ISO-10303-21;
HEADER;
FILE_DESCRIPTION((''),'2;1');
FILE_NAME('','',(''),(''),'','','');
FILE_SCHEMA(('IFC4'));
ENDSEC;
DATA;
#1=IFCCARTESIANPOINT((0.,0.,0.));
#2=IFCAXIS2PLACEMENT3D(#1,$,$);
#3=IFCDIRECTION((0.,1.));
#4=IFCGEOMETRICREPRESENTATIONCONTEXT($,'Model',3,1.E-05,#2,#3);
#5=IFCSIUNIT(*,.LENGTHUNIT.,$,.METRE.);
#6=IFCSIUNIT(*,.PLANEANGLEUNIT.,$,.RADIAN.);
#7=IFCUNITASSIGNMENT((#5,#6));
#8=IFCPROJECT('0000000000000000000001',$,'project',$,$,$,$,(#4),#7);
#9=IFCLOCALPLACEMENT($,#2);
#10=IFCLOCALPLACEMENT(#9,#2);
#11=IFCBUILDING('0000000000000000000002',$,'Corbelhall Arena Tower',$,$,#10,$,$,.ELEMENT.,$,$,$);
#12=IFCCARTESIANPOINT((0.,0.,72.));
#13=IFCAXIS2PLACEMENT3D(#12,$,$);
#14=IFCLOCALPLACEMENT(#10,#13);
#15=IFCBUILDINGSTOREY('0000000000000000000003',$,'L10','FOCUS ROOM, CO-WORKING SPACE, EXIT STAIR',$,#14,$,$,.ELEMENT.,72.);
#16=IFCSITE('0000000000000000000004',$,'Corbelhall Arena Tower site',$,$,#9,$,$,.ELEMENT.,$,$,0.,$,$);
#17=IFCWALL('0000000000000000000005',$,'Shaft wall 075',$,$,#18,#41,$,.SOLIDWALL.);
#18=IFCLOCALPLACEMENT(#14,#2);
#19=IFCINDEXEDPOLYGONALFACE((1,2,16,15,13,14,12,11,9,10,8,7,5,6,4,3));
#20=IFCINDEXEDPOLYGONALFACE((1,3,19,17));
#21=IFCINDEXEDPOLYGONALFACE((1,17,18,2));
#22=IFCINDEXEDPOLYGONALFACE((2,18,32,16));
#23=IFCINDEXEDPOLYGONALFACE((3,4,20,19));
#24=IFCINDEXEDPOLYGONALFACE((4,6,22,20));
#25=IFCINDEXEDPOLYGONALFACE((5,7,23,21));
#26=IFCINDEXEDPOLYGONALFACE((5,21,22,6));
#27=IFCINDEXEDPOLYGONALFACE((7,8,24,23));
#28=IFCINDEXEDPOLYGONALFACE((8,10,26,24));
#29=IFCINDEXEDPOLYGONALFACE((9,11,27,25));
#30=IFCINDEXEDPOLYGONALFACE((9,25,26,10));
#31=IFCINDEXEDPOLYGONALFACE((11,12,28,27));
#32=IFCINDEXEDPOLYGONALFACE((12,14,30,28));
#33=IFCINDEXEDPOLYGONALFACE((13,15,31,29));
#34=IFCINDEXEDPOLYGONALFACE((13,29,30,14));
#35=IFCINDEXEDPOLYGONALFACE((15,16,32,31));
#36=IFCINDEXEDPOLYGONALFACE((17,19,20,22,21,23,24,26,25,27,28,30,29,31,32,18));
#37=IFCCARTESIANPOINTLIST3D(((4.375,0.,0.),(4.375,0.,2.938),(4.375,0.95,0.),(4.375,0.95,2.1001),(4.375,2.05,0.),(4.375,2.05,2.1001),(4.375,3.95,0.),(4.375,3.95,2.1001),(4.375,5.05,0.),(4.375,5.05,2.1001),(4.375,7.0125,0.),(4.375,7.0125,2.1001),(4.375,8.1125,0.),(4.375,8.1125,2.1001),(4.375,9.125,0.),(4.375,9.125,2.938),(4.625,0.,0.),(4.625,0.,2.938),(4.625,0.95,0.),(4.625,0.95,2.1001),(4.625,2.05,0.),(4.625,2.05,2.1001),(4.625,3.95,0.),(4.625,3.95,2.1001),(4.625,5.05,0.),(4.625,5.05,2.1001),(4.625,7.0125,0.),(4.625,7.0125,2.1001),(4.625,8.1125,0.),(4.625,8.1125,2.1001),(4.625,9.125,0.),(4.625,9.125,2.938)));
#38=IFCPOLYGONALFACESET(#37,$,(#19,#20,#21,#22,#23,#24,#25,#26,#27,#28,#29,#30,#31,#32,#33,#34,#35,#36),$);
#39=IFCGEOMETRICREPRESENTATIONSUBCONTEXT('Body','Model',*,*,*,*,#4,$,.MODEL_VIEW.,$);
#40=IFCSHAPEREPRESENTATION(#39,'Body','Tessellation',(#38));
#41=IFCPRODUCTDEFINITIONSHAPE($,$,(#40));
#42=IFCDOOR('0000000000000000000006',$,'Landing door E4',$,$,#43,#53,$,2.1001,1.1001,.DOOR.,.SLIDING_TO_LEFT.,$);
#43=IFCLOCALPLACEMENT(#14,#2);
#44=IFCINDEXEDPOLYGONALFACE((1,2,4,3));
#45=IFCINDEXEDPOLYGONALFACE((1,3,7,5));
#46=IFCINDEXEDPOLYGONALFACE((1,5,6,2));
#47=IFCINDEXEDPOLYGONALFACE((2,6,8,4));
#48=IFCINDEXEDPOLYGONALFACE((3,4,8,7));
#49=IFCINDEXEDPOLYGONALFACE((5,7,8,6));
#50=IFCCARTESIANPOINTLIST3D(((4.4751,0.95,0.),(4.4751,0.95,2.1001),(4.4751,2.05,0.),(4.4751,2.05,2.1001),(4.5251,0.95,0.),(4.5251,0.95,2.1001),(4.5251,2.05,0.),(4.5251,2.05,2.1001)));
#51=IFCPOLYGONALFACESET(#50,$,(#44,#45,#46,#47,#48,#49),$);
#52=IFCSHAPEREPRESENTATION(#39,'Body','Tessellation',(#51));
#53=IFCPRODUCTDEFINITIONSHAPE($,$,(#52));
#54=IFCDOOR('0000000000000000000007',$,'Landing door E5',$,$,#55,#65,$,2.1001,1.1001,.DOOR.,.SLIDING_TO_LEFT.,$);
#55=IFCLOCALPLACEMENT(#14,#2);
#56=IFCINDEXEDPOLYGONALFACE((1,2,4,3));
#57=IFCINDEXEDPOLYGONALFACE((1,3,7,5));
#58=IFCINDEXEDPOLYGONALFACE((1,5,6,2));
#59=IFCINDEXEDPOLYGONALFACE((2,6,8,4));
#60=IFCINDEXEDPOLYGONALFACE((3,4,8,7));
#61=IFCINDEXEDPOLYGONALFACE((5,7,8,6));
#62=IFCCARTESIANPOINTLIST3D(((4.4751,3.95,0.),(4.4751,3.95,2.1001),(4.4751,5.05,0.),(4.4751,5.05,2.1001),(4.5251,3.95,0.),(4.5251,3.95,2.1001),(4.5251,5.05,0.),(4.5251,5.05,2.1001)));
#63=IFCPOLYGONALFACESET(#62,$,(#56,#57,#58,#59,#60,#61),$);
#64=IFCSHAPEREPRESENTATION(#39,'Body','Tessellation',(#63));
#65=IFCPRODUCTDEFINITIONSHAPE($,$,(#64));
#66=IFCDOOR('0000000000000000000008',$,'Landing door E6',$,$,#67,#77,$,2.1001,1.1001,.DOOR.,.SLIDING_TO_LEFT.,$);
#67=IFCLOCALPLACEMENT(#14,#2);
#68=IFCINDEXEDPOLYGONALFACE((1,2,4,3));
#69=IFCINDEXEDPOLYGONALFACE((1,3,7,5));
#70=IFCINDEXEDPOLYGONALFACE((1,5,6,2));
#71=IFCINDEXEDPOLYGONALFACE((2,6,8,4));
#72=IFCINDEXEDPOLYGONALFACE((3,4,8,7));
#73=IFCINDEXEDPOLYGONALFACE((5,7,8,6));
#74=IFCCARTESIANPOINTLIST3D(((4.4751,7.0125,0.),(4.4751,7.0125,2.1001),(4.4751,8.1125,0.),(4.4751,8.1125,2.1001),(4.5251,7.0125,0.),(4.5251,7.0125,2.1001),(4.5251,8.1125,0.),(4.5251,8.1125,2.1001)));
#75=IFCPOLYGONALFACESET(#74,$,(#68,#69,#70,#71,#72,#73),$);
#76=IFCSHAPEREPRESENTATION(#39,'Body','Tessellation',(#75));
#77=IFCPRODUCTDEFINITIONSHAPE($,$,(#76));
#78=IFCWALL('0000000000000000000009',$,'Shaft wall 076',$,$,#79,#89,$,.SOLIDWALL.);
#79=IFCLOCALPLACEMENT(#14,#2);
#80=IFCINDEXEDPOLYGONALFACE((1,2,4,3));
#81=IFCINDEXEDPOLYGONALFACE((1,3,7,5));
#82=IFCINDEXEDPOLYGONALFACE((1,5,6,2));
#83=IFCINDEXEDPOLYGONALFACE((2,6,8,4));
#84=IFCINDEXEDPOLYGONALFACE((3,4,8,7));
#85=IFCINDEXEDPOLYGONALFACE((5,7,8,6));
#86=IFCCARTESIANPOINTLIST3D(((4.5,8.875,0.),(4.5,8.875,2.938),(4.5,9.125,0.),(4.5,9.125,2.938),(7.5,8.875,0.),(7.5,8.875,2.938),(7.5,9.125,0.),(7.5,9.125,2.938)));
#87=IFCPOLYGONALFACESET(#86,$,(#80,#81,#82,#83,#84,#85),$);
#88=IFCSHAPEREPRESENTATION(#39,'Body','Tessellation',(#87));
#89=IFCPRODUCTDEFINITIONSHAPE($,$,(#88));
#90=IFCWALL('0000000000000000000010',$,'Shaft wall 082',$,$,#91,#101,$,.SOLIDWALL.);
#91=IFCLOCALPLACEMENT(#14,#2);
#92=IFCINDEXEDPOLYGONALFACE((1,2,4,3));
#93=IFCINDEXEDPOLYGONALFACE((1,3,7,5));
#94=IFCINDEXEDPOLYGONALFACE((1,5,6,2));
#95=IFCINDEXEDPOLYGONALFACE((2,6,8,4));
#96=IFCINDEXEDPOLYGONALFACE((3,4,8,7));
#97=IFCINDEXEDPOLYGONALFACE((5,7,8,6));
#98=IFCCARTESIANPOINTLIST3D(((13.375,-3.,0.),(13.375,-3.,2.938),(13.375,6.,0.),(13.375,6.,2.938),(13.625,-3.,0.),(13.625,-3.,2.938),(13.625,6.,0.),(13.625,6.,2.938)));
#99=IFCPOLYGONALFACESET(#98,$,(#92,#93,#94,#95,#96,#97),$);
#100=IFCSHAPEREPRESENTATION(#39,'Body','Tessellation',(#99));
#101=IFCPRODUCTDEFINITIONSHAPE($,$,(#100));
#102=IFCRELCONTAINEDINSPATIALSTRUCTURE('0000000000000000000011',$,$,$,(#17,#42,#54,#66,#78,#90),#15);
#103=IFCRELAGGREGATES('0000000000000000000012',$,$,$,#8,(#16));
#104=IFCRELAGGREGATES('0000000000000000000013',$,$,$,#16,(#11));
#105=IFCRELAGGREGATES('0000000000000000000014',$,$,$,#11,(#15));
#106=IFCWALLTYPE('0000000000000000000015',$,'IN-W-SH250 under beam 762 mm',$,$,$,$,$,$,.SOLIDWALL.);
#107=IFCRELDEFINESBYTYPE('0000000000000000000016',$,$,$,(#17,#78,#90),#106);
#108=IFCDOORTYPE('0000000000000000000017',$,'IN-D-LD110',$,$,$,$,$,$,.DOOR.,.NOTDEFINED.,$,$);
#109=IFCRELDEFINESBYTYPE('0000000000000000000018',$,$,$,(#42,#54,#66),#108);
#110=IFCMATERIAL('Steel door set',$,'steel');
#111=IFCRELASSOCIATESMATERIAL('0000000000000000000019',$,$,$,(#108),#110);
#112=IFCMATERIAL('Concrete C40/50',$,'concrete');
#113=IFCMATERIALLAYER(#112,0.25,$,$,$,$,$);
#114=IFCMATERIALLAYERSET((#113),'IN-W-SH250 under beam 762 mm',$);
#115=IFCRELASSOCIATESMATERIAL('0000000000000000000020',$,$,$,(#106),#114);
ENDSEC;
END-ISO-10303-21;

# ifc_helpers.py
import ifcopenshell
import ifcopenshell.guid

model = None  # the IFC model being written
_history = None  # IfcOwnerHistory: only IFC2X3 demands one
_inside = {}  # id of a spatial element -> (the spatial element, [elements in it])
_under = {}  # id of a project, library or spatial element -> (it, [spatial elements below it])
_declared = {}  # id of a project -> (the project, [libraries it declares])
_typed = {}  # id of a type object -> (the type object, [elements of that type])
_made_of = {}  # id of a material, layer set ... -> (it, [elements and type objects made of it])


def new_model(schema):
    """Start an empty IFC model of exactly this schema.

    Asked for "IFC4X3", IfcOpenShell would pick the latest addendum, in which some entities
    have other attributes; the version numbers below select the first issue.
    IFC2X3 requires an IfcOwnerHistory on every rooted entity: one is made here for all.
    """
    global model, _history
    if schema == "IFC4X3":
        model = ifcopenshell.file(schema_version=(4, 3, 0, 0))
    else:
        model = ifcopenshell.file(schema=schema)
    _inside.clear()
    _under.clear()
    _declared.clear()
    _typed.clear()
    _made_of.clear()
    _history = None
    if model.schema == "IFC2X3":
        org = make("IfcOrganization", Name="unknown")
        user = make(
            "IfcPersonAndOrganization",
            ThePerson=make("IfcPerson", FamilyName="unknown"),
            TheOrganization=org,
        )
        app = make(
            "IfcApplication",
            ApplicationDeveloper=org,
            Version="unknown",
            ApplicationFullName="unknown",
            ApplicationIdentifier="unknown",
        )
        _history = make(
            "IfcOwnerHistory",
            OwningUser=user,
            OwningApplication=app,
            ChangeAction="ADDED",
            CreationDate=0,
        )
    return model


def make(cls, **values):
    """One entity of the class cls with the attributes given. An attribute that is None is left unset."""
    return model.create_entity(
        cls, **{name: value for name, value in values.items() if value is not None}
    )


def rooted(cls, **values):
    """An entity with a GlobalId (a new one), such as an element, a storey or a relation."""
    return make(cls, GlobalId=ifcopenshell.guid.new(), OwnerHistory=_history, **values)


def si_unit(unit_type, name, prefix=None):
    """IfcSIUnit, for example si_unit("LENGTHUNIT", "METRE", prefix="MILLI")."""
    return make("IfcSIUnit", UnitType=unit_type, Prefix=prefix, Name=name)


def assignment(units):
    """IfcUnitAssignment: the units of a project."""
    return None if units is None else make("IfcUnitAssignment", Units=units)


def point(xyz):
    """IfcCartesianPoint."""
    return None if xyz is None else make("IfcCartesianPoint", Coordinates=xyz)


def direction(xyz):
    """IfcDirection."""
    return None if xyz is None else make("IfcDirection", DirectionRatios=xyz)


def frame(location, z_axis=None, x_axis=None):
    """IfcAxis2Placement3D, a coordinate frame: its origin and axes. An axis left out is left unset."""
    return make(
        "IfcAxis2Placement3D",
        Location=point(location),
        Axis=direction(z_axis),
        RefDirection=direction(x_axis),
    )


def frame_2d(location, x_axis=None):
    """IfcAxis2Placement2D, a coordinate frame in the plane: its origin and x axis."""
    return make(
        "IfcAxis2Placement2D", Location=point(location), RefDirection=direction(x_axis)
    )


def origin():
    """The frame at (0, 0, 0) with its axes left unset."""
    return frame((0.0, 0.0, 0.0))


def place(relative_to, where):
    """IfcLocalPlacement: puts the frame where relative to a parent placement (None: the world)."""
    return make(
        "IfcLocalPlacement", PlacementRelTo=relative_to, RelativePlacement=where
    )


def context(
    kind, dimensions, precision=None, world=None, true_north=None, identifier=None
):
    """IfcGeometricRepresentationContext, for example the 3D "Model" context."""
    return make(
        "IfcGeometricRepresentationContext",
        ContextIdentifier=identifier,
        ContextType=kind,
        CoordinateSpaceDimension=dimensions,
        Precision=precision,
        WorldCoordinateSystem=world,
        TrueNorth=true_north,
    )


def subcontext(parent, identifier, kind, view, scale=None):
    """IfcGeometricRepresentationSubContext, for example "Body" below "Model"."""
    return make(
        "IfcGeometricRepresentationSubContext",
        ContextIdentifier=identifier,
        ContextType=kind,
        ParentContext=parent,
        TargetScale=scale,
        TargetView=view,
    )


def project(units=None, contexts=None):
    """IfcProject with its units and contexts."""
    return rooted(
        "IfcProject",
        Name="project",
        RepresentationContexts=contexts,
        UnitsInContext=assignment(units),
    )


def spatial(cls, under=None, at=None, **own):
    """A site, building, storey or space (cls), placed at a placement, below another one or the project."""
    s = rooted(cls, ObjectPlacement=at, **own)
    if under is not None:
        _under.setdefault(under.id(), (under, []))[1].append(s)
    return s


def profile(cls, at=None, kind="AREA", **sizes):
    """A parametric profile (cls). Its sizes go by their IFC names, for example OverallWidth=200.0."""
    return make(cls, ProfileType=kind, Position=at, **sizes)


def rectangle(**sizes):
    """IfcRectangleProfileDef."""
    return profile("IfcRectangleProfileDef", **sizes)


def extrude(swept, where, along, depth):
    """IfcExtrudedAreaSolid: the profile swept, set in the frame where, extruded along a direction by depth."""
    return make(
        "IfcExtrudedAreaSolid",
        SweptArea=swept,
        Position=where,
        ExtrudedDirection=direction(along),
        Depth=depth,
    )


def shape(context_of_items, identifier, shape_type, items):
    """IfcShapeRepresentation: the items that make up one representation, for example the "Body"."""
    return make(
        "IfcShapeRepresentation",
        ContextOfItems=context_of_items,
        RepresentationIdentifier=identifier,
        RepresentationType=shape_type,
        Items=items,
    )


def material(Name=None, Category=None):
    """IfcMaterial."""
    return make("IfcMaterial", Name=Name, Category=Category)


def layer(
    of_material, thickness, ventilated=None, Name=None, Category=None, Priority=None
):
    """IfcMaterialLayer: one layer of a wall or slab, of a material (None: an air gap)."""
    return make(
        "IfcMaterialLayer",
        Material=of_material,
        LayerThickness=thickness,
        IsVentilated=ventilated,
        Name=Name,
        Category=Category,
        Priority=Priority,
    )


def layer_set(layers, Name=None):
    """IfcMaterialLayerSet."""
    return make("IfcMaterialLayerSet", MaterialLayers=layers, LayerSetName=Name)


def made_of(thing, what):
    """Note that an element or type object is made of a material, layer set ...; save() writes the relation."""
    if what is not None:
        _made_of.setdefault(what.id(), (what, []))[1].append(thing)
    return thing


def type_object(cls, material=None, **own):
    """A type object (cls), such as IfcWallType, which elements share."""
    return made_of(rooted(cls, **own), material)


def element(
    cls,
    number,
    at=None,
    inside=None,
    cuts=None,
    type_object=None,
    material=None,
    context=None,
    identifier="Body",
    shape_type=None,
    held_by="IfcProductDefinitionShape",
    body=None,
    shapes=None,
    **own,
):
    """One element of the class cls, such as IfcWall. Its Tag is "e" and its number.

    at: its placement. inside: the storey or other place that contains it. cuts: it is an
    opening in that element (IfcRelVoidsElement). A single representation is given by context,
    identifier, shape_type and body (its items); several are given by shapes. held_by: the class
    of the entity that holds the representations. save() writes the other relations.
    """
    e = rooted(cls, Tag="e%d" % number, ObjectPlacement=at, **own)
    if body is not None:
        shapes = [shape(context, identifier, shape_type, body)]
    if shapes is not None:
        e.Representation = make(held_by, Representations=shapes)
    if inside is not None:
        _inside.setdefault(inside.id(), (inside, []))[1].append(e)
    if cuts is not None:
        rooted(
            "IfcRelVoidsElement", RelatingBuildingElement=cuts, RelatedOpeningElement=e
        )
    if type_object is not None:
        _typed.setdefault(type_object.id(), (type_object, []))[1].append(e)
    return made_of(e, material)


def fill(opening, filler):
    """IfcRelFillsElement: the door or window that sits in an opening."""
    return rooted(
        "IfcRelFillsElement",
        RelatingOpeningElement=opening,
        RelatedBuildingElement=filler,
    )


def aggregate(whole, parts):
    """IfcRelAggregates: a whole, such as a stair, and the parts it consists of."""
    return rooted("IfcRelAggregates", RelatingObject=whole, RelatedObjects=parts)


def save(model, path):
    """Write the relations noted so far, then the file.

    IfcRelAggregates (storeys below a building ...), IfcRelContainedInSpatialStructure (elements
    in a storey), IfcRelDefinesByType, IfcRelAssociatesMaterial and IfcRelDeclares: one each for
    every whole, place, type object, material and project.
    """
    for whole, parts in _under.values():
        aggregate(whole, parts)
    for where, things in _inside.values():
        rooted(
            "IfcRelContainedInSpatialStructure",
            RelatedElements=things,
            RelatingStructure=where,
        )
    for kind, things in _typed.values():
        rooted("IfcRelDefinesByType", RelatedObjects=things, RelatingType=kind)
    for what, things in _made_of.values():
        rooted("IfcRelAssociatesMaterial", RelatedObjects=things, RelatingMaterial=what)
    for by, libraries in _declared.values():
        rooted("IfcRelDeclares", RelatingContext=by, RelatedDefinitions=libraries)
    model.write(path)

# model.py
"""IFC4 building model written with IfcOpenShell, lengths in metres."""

from ifc_helpers import new_model, si_unit, direction, frame, frame_2d, origin, place, context, subcontext, project, spatial, rectangle, extrude, material, layer, layer_set, type_object, element, fill, save


model = new_model("IFC4")

# Units and contexts
model_context = context("Model", 3, precision=1e-05, world=origin(), true_north=direction((0.0, 1.0)))
body_context = subcontext(model_context, "Body", "Model", "MODEL_VIEW")
ifc_project = project(units=[si_unit("LENGTHUNIT", "METRE"), si_unit("PLANEANGLEUNIT", "RADIAN")], contexts=[model_context])

# Site, building, storey
site_placement = place(None, origin())
site = spatial("IfcSite", under=ifc_project, at=site_placement, Name="Corbelhall Arena Tower site", CompositionType="ELEMENT", RefElevation=0.0)
building_placement = place(site_placement, origin())
building = spatial("IfcBuilding", under=site, at=building_placement, Name="Corbelhall Arena Tower", CompositionType="ELEMENT")
storey_placement = place(building_placement, frame((0.0, 0.0, 72.0)))
storey = spatial("IfcBuildingStorey", under=building, at=storey_placement, Name="L10", Description="FOCUS ROOM, CO-WORKING SPACE, EXIT STAIR", CompositionType="ELEMENT", Elevation=72.0)

# Shared definitions
ifc_material_1 = material(Name="Concrete C40/50", Category="concrete")

# Shared definitions
ifc_material_2 = material(Name="Steel door set", Category="steel")

# Shared definitions
door_type_1 = type_object("IfcDoorType", Name="IN-D-LD110", OperationType="NOTDEFINED", PredefinedType="DOOR", material=ifc_material_2)

# Wall, openings, doors
ifc_layer_1 = layer(ifc_material_1, 0.25)
ifc_layer_set_1 = layer_set([ifc_layer_1], Name="IN-W-SH250 under beam 762 mm")
wall_type_1 = type_object("IfcWallType", Name="IN-W-SH250 under beam 762 mm", PredefinedType="SOLIDWALL", material=ifc_layer_set_1)
wall_1_placement = place(storey_placement, frame((4.5, 0.0, 0.0), z_axis=(0.0, 0.0, 1.0), x_axis=(0.0, 1.0, 0.0)))
wall_1 = element("IfcWall", 1, at=wall_1_placement, inside=storey, type_object=wall_type_1, Name="Shaft wall 075", PredefinedType="SOLIDWALL", context=body_context, shape_type="SweptSolid", body=[
    extrude(rectangle(XDim=9.125, YDim=0.25, at=frame_2d((4.5625, 0.0))), origin(), (0.0, 0.0, 1.0), 2.938),
])
opening_1_placement = place(wall_1_placement, frame((0.95, 0.0, 0.0)))
opening_1 = element("IfcOpeningElement", 2, at=opening_1_placement, cuts=wall_1, PredefinedType="OPENING", context=body_context, shape_type="SweptSolid", body=[
    extrude(rectangle(XDim=1.1001, YDim=2.1001, at=frame_2d((0.55, 1.05))), frame((0.0, 0.125, 0.0), z_axis=(0.0, -1.0, 0.0), x_axis=(1.0, 0.0, 0.0)), (0.0, 0.0, 1.0), 0.25),
])
opening_2_placement = place(wall_1_placement, frame((3.95, 0.0, 0.0)))
opening_2 = element("IfcOpeningElement", 3, at=opening_2_placement, cuts=wall_1, PredefinedType="OPENING", context=body_context, shape_type="SweptSolid", body=[
    extrude(rectangle(XDim=1.1001, YDim=2.1001, at=frame_2d((0.55, 1.05))), frame((0.0, 0.125, 0.0), z_axis=(0.0, -1.0, 0.0), x_axis=(1.0, 0.0, 0.0)), (0.0, 0.0, 1.0), 0.25),
])
opening_3_placement = place(wall_1_placement, frame((7.0125, 0.0, 0.0)))
opening_3 = element("IfcOpeningElement", 4, at=opening_3_placement, cuts=wall_1, PredefinedType="OPENING", context=body_context, shape_type="SweptSolid", body=[
    extrude(rectangle(XDim=1.1001, YDim=2.1001, at=frame_2d((0.55, 1.05))), frame((0.0, 0.125, 0.0), z_axis=(0.0, -1.0, 0.0), x_axis=(1.0, 0.0, 0.0)), (0.0, 0.0, 1.0), 0.25),
])
door_1_placement = place(opening_1_placement, origin())
door_1 = element("IfcDoor", 5, at=door_1_placement, inside=storey, type_object=door_type_1, Name="Landing door E4", OperationType="SLIDING_TO_LEFT", OverallHeight=2.1001, OverallWidth=1.1001, PredefinedType="DOOR", context=body_context, shape_type="SweptSolid", body=[
    extrude(rectangle(XDim=1.1001, YDim=2.1001, at=frame_2d((0.55, 1.05))), frame((0.0, 0.0249, 0.0), z_axis=(0.0, -1.0, 0.0), x_axis=(1.0, 0.0, 0.0)), (0.0, 0.0, 1.0), 0.05),
])
fill(opening_1, door_1)
door_2_placement = place(opening_2_placement, origin())
door_2 = element("IfcDoor", 6, at=door_2_placement, inside=storey, type_object=door_type_1, Name="Landing door E5", OperationType="SLIDING_TO_LEFT", OverallHeight=2.1001, OverallWidth=1.1001, PredefinedType="DOOR", context=body_context, shape_type="SweptSolid", body=[
    extrude(rectangle(XDim=1.1001, YDim=2.1001, at=frame_2d((0.55, 1.05))), frame((0.0, 0.0249, 0.0), z_axis=(0.0, -1.0, 0.0), x_axis=(1.0, 0.0, 0.0)), (0.0, 0.0, 1.0), 0.05),
])
fill(opening_2, door_2)
door_3_placement = place(opening_3_placement, origin())
door_3 = element("IfcDoor", 7, at=door_3_placement, inside=storey, type_object=door_type_1, Name="Landing door E6", OperationType="SLIDING_TO_LEFT", OverallHeight=2.1001, OverallWidth=1.1001, PredefinedType="DOOR", context=body_context, shape_type="SweptSolid", body=[
    extrude(rectangle(XDim=1.1001, YDim=2.1001, at=frame_2d((0.55, 1.05))), frame((0.0, 0.0249, 0.0), z_axis=(0.0, -1.0, 0.0), x_axis=(1.0, 0.0, 0.0)), (0.0, 0.0, 1.0), 0.05),
])
fill(opening_3, door_3)

# Walls
wall_2_placement = place(storey_placement, frame((4.5, 9.0, 0.0), z_axis=(0.0, 0.0, 1.0), x_axis=(1.0, 0.0, 0.0)))
element("IfcWall", 8, at=wall_2_placement, inside=storey, type_object=wall_type_1, Name="Shaft wall 076", PredefinedType="SOLIDWALL", context=body_context, shape_type="SweptSolid", body=[
    extrude(rectangle(XDim=3.0, YDim=0.25, at=frame_2d((1.5, 0.0))), origin(), (0.0, 0.0, 1.0), 2.938),
])
wall_3_placement = place(storey_placement, frame((13.5, 6.0, 0.0), z_axis=(0.0, 0.0, 1.0), x_axis=(0.0, -1.0, 0.0)))
element("IfcWall", 9, at=wall_3_placement, inside=storey, type_object=wall_type_1, Name="Shaft wall 082", PredefinedType="SOLIDWALL", context=body_context, shape_type="SweptSolid", body=[
    extrude(rectangle(XDim=9.0, YDim=0.25, at=frame_2d((4.5, 0.0))), origin(), (0.0, 0.0, 1.0), 2.938),
])

save(model, "model.ifc")
